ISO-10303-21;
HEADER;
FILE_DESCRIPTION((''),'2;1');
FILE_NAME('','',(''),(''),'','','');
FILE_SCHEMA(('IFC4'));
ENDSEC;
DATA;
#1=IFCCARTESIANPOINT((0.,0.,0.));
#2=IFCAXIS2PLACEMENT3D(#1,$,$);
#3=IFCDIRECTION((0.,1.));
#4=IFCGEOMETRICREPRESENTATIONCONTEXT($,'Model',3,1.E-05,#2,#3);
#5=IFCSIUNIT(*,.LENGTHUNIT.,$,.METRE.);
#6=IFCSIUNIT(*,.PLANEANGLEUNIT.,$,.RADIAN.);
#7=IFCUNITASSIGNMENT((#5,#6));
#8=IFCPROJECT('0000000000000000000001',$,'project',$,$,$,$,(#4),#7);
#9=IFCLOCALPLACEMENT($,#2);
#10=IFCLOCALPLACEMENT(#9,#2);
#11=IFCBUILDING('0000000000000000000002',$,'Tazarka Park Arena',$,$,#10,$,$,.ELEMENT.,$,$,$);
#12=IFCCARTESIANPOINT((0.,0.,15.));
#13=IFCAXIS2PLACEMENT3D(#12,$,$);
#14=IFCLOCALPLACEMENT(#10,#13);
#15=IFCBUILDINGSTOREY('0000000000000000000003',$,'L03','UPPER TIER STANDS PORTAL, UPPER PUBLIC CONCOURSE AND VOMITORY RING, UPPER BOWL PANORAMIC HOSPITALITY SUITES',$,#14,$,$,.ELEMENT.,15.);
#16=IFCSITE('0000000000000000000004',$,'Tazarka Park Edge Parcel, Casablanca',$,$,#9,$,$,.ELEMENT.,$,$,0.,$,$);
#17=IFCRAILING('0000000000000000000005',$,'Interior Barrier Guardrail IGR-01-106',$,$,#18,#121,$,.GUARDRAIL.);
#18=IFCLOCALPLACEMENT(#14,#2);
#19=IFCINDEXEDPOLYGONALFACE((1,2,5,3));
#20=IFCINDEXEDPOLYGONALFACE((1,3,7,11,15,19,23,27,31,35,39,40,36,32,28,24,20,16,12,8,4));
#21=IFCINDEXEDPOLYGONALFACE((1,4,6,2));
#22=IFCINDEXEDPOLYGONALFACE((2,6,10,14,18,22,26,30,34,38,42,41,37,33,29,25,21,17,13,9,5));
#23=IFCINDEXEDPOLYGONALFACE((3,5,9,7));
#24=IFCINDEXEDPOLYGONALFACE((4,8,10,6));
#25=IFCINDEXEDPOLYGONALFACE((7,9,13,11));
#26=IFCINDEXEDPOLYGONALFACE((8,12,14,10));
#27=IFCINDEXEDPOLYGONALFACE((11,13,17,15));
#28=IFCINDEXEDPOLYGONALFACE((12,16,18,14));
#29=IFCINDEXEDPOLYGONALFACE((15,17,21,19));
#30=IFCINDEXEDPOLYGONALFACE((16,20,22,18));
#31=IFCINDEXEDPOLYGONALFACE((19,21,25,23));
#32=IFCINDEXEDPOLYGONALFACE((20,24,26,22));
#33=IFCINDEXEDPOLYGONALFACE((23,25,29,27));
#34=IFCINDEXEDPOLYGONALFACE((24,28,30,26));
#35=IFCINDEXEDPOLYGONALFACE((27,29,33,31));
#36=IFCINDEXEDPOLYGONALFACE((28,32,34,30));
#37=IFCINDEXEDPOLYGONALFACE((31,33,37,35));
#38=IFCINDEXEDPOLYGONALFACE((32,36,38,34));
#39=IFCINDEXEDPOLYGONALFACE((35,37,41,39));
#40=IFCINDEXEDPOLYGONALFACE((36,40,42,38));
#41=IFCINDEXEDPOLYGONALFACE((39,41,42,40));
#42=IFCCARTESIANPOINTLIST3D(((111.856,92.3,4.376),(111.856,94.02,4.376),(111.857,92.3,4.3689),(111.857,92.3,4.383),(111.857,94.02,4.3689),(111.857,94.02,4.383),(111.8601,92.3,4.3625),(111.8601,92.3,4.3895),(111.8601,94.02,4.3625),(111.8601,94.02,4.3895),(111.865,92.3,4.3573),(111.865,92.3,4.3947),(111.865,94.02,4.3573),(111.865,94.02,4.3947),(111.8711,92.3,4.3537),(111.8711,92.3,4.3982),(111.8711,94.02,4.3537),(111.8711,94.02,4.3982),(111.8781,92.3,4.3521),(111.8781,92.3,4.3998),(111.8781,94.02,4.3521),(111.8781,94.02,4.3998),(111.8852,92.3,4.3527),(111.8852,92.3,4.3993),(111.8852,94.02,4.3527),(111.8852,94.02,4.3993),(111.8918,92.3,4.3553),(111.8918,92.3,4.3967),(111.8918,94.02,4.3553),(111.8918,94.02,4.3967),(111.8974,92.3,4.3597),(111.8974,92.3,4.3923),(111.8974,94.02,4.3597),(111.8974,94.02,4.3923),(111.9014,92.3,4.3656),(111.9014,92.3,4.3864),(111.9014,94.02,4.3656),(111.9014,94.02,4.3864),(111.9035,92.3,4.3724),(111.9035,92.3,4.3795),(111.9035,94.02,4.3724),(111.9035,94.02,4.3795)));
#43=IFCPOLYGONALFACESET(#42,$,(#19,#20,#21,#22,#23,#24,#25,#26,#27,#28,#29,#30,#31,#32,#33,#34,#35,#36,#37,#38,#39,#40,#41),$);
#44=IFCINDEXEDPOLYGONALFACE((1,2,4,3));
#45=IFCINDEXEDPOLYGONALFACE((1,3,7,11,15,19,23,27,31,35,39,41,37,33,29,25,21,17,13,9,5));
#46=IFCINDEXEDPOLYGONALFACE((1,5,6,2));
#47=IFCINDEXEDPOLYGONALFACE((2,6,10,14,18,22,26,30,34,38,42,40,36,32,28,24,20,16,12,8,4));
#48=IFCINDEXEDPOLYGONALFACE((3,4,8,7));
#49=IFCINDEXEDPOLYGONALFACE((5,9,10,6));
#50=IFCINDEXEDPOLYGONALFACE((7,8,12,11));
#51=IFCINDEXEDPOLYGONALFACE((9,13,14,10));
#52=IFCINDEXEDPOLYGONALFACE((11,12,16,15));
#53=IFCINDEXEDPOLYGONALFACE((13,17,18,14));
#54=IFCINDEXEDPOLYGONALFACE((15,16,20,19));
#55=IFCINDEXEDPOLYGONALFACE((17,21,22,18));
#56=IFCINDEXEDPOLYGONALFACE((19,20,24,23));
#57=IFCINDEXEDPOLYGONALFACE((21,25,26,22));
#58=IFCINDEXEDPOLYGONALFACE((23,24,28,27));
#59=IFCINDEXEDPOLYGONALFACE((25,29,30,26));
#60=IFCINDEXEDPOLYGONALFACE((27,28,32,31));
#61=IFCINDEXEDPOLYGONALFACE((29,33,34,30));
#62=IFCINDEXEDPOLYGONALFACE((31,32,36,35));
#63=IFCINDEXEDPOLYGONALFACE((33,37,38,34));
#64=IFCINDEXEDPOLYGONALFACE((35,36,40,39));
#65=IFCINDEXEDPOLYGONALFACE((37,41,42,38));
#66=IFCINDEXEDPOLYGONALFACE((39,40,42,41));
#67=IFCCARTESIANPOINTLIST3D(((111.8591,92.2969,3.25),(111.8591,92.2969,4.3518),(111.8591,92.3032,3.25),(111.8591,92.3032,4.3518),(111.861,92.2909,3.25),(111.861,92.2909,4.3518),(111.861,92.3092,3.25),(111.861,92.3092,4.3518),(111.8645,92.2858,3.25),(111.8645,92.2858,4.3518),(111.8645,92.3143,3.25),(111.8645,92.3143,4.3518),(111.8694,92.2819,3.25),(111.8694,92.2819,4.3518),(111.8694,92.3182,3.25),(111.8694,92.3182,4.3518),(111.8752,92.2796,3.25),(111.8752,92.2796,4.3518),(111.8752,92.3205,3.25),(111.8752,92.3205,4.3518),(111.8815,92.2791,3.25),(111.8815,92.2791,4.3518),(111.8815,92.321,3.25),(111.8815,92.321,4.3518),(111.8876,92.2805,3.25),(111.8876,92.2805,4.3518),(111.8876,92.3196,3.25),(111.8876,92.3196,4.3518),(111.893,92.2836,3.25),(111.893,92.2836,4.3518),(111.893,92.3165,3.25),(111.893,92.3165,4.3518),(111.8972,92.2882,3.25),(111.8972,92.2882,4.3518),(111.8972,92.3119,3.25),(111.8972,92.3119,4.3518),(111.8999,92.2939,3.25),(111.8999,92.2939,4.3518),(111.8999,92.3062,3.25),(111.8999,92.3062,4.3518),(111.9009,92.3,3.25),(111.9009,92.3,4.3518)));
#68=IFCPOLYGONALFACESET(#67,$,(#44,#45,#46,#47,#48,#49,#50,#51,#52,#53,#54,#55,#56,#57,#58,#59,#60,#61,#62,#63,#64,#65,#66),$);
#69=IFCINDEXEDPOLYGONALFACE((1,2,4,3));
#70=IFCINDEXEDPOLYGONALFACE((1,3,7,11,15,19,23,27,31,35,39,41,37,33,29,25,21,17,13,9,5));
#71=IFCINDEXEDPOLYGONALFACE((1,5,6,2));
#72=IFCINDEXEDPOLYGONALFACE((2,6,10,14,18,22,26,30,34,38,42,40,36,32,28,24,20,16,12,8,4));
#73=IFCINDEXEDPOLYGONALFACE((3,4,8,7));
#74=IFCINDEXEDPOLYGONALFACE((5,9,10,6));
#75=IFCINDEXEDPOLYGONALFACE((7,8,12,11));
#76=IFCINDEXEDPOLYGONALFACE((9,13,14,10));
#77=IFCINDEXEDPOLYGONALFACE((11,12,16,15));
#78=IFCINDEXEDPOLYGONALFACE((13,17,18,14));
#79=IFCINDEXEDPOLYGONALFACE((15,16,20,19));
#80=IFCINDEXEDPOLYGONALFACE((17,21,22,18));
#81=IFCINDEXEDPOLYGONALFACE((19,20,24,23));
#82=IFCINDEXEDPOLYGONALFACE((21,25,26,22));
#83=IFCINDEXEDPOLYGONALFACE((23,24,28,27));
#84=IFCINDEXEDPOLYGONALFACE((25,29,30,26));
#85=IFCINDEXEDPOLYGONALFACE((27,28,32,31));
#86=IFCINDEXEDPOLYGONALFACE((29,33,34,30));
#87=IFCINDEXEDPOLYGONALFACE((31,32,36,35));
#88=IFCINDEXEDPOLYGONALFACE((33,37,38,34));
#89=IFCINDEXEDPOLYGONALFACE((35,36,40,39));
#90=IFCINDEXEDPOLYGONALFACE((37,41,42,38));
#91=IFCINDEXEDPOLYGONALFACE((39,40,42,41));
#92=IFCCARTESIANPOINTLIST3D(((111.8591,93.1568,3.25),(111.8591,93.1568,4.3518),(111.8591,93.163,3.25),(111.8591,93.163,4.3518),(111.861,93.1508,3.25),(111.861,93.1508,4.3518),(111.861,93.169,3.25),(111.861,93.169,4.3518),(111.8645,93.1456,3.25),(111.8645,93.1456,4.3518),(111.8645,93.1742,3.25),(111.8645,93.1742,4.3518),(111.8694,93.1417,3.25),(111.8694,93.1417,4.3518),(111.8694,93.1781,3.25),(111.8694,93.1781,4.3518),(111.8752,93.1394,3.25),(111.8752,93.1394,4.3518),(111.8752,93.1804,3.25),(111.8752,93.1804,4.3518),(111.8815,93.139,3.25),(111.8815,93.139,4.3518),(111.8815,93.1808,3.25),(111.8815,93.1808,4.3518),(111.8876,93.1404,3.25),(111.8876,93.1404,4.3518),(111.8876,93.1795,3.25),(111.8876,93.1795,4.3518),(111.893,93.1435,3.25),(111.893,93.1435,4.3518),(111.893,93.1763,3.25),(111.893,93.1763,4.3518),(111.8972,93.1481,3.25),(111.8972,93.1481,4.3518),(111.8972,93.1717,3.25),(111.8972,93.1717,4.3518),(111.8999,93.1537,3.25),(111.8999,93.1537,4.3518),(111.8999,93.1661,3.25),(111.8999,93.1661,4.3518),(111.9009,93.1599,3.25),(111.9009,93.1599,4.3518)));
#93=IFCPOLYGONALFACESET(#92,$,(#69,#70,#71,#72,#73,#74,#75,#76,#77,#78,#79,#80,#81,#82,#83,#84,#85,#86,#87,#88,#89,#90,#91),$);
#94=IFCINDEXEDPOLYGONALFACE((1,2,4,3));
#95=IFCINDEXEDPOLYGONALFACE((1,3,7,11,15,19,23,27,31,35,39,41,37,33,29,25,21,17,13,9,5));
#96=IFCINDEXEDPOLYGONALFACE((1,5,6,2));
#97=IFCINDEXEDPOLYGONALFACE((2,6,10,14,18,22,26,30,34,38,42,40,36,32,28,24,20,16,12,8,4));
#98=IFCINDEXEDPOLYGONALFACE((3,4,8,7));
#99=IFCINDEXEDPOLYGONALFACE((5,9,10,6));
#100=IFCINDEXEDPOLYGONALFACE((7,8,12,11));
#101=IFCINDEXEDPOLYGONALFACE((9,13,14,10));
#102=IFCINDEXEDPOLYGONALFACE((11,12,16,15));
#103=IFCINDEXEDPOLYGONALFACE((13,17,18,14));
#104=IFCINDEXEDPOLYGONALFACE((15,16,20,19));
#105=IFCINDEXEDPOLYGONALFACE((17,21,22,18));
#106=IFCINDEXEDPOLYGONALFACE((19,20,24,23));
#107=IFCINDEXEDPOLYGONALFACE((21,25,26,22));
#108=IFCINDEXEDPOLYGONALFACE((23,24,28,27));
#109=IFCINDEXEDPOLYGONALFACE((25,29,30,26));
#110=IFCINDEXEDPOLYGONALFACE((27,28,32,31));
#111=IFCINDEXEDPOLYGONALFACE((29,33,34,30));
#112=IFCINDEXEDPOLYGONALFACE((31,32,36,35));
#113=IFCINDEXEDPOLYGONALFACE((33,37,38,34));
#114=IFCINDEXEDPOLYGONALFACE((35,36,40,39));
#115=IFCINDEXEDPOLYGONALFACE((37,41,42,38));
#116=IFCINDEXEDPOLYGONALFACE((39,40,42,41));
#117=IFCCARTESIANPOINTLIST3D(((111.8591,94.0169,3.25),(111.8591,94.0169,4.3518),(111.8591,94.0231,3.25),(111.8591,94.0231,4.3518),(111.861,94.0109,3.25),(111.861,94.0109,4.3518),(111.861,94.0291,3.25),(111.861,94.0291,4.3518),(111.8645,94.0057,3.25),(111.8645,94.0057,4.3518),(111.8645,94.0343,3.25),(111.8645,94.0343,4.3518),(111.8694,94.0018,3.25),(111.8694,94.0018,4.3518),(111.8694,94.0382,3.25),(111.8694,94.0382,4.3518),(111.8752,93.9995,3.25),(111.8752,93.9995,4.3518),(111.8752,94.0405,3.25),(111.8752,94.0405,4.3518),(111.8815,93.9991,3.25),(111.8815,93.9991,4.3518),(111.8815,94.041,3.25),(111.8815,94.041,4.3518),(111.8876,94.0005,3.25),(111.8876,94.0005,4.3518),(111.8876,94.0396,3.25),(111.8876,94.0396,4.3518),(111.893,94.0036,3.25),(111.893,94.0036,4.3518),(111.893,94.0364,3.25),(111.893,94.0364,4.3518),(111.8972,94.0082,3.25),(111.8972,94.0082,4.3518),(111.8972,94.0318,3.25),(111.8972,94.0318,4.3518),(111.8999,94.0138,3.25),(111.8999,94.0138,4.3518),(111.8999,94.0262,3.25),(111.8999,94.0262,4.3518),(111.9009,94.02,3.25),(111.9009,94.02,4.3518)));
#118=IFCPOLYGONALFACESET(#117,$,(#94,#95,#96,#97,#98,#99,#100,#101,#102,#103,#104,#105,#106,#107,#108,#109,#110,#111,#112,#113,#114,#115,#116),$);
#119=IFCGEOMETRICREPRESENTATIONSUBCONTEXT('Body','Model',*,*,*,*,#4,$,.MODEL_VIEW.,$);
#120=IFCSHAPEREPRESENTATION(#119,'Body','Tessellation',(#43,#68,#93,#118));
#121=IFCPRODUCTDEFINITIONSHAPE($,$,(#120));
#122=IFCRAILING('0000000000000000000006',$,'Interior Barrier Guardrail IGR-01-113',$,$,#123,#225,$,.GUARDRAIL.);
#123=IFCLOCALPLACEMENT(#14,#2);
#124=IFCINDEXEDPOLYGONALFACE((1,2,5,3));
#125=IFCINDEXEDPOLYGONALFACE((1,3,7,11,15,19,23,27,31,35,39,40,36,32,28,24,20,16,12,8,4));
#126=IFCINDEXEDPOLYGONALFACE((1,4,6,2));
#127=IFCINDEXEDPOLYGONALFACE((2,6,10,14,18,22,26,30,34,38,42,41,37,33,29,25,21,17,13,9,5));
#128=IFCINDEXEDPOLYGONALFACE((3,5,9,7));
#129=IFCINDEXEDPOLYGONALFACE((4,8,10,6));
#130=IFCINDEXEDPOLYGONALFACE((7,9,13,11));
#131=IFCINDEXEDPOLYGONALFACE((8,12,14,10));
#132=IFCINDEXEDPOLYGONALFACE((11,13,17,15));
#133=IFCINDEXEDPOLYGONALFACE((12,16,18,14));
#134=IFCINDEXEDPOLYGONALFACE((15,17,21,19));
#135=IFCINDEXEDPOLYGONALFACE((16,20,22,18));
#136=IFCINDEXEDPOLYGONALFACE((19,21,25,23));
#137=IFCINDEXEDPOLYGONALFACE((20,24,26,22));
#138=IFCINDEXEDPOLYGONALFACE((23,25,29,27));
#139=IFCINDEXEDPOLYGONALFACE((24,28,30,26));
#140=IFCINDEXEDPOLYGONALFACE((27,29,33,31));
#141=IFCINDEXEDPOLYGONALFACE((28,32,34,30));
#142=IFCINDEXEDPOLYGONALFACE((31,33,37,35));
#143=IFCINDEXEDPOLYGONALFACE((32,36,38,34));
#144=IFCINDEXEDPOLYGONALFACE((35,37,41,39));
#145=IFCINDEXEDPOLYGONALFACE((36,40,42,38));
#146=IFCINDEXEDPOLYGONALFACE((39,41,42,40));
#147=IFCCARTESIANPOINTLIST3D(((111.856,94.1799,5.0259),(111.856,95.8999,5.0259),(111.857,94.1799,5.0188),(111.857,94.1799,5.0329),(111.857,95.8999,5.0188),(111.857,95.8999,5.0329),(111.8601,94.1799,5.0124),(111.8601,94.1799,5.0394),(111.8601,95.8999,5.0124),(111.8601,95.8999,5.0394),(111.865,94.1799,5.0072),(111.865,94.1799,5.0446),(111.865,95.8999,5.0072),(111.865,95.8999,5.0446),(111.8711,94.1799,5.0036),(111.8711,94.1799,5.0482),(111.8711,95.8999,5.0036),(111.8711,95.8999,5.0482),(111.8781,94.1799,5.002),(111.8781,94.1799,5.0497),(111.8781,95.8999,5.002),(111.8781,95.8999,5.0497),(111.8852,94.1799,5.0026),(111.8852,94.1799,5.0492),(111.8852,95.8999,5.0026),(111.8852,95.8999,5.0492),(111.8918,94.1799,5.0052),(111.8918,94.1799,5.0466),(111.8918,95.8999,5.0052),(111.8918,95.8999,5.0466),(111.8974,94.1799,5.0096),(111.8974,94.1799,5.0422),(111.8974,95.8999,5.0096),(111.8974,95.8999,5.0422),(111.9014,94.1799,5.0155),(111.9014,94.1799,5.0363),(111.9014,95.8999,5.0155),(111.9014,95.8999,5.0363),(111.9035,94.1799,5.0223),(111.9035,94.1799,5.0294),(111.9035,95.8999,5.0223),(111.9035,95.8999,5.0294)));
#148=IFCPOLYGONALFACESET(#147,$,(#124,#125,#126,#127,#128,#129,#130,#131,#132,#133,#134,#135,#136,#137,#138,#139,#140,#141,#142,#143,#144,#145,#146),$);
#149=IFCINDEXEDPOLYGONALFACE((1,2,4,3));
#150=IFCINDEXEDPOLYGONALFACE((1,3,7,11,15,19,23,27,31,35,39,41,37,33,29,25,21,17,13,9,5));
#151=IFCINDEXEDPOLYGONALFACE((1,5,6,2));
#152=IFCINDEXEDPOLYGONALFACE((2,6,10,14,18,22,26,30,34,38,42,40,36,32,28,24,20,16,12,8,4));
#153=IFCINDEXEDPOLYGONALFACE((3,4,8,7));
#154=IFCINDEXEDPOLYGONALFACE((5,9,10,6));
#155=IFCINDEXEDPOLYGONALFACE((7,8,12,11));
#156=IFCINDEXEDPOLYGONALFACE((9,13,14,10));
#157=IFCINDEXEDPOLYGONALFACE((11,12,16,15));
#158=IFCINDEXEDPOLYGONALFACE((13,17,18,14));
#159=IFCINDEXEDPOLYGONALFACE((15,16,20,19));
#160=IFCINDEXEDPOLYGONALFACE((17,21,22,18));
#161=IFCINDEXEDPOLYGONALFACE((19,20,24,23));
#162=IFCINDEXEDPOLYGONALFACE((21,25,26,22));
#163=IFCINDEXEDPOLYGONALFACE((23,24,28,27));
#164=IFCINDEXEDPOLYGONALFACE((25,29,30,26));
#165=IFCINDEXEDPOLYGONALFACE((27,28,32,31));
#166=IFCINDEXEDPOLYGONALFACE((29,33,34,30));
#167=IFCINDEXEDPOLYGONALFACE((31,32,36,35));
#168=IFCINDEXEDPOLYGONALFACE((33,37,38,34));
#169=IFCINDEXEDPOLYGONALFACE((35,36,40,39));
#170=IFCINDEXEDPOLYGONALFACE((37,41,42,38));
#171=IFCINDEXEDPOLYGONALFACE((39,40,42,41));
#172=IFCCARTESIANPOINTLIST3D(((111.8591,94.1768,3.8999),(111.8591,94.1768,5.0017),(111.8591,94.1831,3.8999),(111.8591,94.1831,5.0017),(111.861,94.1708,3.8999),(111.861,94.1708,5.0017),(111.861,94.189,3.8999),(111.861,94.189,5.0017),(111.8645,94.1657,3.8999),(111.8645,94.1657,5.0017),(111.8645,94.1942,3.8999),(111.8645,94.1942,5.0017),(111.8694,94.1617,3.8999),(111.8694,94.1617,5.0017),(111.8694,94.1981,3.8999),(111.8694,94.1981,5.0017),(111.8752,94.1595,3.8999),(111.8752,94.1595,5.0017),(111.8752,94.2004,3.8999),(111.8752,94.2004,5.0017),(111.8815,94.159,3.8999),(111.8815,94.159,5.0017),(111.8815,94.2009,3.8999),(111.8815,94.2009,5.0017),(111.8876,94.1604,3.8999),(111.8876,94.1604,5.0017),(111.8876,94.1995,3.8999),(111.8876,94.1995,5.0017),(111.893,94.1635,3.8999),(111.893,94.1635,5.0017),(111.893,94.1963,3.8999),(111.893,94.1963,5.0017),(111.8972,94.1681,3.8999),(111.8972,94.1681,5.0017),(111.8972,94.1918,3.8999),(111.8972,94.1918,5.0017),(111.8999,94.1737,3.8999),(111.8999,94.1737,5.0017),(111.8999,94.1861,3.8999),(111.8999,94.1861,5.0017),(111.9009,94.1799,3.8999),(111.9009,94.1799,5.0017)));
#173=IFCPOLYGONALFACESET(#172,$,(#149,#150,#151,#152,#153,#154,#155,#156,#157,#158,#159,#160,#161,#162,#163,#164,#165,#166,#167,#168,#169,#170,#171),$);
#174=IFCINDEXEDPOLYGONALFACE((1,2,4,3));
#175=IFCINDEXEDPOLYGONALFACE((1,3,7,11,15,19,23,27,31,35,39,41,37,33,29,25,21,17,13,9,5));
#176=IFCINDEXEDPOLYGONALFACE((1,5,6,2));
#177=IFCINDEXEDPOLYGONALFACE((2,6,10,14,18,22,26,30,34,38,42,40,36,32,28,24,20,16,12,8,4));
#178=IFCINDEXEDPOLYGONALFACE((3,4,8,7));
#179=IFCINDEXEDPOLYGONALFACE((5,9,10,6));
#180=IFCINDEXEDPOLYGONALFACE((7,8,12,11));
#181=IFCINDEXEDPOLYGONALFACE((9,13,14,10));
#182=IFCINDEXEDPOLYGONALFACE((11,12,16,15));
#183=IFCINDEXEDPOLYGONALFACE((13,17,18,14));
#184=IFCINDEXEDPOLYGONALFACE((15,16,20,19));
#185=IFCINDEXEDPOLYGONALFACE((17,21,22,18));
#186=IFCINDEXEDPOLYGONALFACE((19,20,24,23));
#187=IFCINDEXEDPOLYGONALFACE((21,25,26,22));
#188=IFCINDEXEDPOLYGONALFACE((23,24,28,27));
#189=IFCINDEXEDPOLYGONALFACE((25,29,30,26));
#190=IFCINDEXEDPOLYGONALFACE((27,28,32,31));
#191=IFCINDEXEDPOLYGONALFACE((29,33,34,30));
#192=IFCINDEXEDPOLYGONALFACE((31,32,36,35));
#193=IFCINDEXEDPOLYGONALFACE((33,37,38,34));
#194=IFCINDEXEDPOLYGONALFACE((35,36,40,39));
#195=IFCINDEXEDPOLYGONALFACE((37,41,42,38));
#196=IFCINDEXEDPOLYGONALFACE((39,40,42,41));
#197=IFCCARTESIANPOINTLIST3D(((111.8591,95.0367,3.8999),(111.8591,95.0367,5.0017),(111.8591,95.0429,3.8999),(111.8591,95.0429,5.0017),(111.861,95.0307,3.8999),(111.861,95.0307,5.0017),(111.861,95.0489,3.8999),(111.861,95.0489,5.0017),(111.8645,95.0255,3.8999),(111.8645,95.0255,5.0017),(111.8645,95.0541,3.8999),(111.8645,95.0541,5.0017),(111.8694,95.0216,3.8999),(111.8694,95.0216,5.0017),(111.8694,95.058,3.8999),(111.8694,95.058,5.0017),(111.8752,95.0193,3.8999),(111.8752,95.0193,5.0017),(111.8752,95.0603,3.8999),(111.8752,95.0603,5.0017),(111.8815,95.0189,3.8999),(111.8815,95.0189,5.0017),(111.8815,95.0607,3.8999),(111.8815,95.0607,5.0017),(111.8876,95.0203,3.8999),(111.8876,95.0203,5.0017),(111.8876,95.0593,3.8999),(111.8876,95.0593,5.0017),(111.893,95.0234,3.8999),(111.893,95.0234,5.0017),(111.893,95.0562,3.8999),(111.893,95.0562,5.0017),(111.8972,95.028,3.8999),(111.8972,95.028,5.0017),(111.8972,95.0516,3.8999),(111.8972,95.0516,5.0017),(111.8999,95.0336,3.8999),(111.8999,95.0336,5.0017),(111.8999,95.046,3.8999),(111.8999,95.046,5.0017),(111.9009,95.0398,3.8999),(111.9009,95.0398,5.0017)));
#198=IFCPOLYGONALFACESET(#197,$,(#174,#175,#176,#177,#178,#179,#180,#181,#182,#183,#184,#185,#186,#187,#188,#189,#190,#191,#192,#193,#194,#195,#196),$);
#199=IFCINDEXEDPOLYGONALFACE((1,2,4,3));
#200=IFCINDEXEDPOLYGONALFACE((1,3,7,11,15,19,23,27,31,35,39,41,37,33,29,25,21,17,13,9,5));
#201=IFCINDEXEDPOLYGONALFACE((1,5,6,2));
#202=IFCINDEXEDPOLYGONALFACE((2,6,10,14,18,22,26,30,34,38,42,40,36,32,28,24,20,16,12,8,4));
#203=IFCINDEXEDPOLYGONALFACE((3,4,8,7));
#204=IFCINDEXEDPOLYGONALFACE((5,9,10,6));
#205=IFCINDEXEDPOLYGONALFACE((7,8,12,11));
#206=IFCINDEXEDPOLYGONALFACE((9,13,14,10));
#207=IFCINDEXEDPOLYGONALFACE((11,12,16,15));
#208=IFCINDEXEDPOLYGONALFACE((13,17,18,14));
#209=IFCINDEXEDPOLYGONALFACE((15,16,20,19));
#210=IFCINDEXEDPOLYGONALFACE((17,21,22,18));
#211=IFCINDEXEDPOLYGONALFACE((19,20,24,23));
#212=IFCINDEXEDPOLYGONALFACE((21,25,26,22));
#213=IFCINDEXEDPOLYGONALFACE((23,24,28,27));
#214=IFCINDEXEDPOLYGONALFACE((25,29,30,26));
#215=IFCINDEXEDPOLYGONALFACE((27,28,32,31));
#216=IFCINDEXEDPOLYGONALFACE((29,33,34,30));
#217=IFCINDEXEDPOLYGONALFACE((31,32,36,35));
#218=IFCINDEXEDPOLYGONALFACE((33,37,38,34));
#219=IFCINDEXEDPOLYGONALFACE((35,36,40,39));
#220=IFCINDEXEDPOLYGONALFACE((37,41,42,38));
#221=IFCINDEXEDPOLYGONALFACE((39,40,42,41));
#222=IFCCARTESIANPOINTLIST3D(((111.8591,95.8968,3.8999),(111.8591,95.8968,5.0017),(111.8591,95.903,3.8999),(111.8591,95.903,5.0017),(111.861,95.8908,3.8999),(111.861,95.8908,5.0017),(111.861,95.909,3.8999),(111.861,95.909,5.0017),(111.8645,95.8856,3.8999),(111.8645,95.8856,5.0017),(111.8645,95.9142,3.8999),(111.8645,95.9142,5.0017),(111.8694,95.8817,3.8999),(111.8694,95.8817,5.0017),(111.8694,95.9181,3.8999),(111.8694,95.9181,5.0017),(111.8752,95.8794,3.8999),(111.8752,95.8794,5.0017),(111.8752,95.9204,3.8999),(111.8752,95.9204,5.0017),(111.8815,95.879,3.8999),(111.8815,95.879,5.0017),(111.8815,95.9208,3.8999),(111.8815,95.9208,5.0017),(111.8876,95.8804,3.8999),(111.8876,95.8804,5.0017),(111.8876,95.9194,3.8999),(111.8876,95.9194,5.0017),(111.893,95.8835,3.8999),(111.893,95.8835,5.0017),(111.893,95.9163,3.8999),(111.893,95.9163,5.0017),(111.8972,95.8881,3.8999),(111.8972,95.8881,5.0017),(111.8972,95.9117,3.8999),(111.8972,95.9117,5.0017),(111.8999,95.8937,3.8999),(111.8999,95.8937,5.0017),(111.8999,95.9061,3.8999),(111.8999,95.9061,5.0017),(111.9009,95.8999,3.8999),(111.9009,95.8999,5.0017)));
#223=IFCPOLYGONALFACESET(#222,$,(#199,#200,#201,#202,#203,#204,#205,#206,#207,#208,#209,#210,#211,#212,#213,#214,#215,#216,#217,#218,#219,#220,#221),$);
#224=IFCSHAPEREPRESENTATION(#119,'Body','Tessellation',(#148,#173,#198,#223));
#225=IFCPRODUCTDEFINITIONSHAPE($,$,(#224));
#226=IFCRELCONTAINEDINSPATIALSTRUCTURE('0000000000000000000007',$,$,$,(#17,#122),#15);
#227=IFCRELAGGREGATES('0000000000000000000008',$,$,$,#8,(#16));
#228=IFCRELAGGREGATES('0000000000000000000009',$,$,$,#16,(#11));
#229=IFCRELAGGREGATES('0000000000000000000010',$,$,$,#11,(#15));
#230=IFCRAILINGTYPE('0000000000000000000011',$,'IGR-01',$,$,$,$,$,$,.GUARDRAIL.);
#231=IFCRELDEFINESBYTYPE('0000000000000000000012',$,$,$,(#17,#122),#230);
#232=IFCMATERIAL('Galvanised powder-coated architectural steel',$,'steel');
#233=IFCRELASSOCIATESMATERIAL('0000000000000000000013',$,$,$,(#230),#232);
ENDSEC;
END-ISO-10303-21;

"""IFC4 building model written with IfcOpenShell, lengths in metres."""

from ifc_helpers import new_model, si_unit, direction, frame, origin, origin_2d, place, context, subcontext, project, spatial, circle, extrude, material, type_object, element, save


model = new_model("IFC4")

# Units and contexts
model_context = context("Model", 3, precision=1e-05, world=origin(), true_north=direction((0.0, 1.0)))
body_context = subcontext(model_context, "Body", "Model", "MODEL_VIEW")
ifc_project = project(units=[si_unit("LENGTHUNIT", "METRE"), si_unit("PLANEANGLEUNIT", "RADIAN")], contexts=[model_context])

# Site, building, storey
site_placement = place(None, origin())
site = spatial("IfcSite", under=ifc_project, at=site_placement, Name="Tazarka Park Edge Parcel, Casablanca", CompositionType="ELEMENT", RefElevation=0.0)
building_placement = place(site_placement, origin())
building = spatial("IfcBuilding", under=site, at=building_placement, Name="Tazarka Park Arena", CompositionType="ELEMENT")
storey_placement = place(building_placement, frame((0.0, 0.0, 15.0)))
storey = spatial("IfcBuildingStorey", under=building, at=storey_placement, Name="L03", Description="UPPER TIER STANDS PORTAL, UPPER PUBLIC CONCOURSE AND VOMITORY RING, UPPER BOWL PANORAMIC HOSPITALITY SUITES", CompositionType="ELEMENT", Elevation=15.0)

# Railings
ifc_material_1 = material(Name="Galvanised powder-coated architectural steel", Category="steel")
railing_type = type_object("IfcRailingType", Name="IGR-01", PredefinedType="GUARDRAIL", material=ifc_material_1)
for number, where, name in (
    (1, (111.8799, 92.3, 3.25), "Interior Barrier Guardrail IGR-01-106"),
    (2, (111.8799, 94.1799, 3.8999), "Interior Barrier Guardrail IGR-01-113"),
):
    element("IfcRailing", number, at=place(storey_placement, frame(where)), inside=storey, type_object=railing_type, Name=name, PredefinedType="GUARDRAIL", context=body_context, shape_type="SweptSolid", body=[
        extrude(circle(Radius=0.0239, at=origin_2d()), frame((0.0, 0.0, 1.126), z_axis=(0.0, 1.0, 0.0), x_axis=(-1.0, 0.0, 0.0)), (0.0, 0.0, 1.0), 1.72),
        extrude(circle(Radius=0.021, at=origin_2d()), origin(), (0.0, 0.0, 1.0), 1.1018),
        extrude(circle(Radius=0.021, at=origin_2d()), frame((0.0, 0.8599, 0.0)), (0.0, 0.0, 1.0), 1.1018),
        extrude(circle(Radius=0.021, at=origin_2d()), frame((0.0, 1.72, 0.0)), (0.0, 0.0, 1.0), 1.1018),
    ])

save(model, "model.ifc")
